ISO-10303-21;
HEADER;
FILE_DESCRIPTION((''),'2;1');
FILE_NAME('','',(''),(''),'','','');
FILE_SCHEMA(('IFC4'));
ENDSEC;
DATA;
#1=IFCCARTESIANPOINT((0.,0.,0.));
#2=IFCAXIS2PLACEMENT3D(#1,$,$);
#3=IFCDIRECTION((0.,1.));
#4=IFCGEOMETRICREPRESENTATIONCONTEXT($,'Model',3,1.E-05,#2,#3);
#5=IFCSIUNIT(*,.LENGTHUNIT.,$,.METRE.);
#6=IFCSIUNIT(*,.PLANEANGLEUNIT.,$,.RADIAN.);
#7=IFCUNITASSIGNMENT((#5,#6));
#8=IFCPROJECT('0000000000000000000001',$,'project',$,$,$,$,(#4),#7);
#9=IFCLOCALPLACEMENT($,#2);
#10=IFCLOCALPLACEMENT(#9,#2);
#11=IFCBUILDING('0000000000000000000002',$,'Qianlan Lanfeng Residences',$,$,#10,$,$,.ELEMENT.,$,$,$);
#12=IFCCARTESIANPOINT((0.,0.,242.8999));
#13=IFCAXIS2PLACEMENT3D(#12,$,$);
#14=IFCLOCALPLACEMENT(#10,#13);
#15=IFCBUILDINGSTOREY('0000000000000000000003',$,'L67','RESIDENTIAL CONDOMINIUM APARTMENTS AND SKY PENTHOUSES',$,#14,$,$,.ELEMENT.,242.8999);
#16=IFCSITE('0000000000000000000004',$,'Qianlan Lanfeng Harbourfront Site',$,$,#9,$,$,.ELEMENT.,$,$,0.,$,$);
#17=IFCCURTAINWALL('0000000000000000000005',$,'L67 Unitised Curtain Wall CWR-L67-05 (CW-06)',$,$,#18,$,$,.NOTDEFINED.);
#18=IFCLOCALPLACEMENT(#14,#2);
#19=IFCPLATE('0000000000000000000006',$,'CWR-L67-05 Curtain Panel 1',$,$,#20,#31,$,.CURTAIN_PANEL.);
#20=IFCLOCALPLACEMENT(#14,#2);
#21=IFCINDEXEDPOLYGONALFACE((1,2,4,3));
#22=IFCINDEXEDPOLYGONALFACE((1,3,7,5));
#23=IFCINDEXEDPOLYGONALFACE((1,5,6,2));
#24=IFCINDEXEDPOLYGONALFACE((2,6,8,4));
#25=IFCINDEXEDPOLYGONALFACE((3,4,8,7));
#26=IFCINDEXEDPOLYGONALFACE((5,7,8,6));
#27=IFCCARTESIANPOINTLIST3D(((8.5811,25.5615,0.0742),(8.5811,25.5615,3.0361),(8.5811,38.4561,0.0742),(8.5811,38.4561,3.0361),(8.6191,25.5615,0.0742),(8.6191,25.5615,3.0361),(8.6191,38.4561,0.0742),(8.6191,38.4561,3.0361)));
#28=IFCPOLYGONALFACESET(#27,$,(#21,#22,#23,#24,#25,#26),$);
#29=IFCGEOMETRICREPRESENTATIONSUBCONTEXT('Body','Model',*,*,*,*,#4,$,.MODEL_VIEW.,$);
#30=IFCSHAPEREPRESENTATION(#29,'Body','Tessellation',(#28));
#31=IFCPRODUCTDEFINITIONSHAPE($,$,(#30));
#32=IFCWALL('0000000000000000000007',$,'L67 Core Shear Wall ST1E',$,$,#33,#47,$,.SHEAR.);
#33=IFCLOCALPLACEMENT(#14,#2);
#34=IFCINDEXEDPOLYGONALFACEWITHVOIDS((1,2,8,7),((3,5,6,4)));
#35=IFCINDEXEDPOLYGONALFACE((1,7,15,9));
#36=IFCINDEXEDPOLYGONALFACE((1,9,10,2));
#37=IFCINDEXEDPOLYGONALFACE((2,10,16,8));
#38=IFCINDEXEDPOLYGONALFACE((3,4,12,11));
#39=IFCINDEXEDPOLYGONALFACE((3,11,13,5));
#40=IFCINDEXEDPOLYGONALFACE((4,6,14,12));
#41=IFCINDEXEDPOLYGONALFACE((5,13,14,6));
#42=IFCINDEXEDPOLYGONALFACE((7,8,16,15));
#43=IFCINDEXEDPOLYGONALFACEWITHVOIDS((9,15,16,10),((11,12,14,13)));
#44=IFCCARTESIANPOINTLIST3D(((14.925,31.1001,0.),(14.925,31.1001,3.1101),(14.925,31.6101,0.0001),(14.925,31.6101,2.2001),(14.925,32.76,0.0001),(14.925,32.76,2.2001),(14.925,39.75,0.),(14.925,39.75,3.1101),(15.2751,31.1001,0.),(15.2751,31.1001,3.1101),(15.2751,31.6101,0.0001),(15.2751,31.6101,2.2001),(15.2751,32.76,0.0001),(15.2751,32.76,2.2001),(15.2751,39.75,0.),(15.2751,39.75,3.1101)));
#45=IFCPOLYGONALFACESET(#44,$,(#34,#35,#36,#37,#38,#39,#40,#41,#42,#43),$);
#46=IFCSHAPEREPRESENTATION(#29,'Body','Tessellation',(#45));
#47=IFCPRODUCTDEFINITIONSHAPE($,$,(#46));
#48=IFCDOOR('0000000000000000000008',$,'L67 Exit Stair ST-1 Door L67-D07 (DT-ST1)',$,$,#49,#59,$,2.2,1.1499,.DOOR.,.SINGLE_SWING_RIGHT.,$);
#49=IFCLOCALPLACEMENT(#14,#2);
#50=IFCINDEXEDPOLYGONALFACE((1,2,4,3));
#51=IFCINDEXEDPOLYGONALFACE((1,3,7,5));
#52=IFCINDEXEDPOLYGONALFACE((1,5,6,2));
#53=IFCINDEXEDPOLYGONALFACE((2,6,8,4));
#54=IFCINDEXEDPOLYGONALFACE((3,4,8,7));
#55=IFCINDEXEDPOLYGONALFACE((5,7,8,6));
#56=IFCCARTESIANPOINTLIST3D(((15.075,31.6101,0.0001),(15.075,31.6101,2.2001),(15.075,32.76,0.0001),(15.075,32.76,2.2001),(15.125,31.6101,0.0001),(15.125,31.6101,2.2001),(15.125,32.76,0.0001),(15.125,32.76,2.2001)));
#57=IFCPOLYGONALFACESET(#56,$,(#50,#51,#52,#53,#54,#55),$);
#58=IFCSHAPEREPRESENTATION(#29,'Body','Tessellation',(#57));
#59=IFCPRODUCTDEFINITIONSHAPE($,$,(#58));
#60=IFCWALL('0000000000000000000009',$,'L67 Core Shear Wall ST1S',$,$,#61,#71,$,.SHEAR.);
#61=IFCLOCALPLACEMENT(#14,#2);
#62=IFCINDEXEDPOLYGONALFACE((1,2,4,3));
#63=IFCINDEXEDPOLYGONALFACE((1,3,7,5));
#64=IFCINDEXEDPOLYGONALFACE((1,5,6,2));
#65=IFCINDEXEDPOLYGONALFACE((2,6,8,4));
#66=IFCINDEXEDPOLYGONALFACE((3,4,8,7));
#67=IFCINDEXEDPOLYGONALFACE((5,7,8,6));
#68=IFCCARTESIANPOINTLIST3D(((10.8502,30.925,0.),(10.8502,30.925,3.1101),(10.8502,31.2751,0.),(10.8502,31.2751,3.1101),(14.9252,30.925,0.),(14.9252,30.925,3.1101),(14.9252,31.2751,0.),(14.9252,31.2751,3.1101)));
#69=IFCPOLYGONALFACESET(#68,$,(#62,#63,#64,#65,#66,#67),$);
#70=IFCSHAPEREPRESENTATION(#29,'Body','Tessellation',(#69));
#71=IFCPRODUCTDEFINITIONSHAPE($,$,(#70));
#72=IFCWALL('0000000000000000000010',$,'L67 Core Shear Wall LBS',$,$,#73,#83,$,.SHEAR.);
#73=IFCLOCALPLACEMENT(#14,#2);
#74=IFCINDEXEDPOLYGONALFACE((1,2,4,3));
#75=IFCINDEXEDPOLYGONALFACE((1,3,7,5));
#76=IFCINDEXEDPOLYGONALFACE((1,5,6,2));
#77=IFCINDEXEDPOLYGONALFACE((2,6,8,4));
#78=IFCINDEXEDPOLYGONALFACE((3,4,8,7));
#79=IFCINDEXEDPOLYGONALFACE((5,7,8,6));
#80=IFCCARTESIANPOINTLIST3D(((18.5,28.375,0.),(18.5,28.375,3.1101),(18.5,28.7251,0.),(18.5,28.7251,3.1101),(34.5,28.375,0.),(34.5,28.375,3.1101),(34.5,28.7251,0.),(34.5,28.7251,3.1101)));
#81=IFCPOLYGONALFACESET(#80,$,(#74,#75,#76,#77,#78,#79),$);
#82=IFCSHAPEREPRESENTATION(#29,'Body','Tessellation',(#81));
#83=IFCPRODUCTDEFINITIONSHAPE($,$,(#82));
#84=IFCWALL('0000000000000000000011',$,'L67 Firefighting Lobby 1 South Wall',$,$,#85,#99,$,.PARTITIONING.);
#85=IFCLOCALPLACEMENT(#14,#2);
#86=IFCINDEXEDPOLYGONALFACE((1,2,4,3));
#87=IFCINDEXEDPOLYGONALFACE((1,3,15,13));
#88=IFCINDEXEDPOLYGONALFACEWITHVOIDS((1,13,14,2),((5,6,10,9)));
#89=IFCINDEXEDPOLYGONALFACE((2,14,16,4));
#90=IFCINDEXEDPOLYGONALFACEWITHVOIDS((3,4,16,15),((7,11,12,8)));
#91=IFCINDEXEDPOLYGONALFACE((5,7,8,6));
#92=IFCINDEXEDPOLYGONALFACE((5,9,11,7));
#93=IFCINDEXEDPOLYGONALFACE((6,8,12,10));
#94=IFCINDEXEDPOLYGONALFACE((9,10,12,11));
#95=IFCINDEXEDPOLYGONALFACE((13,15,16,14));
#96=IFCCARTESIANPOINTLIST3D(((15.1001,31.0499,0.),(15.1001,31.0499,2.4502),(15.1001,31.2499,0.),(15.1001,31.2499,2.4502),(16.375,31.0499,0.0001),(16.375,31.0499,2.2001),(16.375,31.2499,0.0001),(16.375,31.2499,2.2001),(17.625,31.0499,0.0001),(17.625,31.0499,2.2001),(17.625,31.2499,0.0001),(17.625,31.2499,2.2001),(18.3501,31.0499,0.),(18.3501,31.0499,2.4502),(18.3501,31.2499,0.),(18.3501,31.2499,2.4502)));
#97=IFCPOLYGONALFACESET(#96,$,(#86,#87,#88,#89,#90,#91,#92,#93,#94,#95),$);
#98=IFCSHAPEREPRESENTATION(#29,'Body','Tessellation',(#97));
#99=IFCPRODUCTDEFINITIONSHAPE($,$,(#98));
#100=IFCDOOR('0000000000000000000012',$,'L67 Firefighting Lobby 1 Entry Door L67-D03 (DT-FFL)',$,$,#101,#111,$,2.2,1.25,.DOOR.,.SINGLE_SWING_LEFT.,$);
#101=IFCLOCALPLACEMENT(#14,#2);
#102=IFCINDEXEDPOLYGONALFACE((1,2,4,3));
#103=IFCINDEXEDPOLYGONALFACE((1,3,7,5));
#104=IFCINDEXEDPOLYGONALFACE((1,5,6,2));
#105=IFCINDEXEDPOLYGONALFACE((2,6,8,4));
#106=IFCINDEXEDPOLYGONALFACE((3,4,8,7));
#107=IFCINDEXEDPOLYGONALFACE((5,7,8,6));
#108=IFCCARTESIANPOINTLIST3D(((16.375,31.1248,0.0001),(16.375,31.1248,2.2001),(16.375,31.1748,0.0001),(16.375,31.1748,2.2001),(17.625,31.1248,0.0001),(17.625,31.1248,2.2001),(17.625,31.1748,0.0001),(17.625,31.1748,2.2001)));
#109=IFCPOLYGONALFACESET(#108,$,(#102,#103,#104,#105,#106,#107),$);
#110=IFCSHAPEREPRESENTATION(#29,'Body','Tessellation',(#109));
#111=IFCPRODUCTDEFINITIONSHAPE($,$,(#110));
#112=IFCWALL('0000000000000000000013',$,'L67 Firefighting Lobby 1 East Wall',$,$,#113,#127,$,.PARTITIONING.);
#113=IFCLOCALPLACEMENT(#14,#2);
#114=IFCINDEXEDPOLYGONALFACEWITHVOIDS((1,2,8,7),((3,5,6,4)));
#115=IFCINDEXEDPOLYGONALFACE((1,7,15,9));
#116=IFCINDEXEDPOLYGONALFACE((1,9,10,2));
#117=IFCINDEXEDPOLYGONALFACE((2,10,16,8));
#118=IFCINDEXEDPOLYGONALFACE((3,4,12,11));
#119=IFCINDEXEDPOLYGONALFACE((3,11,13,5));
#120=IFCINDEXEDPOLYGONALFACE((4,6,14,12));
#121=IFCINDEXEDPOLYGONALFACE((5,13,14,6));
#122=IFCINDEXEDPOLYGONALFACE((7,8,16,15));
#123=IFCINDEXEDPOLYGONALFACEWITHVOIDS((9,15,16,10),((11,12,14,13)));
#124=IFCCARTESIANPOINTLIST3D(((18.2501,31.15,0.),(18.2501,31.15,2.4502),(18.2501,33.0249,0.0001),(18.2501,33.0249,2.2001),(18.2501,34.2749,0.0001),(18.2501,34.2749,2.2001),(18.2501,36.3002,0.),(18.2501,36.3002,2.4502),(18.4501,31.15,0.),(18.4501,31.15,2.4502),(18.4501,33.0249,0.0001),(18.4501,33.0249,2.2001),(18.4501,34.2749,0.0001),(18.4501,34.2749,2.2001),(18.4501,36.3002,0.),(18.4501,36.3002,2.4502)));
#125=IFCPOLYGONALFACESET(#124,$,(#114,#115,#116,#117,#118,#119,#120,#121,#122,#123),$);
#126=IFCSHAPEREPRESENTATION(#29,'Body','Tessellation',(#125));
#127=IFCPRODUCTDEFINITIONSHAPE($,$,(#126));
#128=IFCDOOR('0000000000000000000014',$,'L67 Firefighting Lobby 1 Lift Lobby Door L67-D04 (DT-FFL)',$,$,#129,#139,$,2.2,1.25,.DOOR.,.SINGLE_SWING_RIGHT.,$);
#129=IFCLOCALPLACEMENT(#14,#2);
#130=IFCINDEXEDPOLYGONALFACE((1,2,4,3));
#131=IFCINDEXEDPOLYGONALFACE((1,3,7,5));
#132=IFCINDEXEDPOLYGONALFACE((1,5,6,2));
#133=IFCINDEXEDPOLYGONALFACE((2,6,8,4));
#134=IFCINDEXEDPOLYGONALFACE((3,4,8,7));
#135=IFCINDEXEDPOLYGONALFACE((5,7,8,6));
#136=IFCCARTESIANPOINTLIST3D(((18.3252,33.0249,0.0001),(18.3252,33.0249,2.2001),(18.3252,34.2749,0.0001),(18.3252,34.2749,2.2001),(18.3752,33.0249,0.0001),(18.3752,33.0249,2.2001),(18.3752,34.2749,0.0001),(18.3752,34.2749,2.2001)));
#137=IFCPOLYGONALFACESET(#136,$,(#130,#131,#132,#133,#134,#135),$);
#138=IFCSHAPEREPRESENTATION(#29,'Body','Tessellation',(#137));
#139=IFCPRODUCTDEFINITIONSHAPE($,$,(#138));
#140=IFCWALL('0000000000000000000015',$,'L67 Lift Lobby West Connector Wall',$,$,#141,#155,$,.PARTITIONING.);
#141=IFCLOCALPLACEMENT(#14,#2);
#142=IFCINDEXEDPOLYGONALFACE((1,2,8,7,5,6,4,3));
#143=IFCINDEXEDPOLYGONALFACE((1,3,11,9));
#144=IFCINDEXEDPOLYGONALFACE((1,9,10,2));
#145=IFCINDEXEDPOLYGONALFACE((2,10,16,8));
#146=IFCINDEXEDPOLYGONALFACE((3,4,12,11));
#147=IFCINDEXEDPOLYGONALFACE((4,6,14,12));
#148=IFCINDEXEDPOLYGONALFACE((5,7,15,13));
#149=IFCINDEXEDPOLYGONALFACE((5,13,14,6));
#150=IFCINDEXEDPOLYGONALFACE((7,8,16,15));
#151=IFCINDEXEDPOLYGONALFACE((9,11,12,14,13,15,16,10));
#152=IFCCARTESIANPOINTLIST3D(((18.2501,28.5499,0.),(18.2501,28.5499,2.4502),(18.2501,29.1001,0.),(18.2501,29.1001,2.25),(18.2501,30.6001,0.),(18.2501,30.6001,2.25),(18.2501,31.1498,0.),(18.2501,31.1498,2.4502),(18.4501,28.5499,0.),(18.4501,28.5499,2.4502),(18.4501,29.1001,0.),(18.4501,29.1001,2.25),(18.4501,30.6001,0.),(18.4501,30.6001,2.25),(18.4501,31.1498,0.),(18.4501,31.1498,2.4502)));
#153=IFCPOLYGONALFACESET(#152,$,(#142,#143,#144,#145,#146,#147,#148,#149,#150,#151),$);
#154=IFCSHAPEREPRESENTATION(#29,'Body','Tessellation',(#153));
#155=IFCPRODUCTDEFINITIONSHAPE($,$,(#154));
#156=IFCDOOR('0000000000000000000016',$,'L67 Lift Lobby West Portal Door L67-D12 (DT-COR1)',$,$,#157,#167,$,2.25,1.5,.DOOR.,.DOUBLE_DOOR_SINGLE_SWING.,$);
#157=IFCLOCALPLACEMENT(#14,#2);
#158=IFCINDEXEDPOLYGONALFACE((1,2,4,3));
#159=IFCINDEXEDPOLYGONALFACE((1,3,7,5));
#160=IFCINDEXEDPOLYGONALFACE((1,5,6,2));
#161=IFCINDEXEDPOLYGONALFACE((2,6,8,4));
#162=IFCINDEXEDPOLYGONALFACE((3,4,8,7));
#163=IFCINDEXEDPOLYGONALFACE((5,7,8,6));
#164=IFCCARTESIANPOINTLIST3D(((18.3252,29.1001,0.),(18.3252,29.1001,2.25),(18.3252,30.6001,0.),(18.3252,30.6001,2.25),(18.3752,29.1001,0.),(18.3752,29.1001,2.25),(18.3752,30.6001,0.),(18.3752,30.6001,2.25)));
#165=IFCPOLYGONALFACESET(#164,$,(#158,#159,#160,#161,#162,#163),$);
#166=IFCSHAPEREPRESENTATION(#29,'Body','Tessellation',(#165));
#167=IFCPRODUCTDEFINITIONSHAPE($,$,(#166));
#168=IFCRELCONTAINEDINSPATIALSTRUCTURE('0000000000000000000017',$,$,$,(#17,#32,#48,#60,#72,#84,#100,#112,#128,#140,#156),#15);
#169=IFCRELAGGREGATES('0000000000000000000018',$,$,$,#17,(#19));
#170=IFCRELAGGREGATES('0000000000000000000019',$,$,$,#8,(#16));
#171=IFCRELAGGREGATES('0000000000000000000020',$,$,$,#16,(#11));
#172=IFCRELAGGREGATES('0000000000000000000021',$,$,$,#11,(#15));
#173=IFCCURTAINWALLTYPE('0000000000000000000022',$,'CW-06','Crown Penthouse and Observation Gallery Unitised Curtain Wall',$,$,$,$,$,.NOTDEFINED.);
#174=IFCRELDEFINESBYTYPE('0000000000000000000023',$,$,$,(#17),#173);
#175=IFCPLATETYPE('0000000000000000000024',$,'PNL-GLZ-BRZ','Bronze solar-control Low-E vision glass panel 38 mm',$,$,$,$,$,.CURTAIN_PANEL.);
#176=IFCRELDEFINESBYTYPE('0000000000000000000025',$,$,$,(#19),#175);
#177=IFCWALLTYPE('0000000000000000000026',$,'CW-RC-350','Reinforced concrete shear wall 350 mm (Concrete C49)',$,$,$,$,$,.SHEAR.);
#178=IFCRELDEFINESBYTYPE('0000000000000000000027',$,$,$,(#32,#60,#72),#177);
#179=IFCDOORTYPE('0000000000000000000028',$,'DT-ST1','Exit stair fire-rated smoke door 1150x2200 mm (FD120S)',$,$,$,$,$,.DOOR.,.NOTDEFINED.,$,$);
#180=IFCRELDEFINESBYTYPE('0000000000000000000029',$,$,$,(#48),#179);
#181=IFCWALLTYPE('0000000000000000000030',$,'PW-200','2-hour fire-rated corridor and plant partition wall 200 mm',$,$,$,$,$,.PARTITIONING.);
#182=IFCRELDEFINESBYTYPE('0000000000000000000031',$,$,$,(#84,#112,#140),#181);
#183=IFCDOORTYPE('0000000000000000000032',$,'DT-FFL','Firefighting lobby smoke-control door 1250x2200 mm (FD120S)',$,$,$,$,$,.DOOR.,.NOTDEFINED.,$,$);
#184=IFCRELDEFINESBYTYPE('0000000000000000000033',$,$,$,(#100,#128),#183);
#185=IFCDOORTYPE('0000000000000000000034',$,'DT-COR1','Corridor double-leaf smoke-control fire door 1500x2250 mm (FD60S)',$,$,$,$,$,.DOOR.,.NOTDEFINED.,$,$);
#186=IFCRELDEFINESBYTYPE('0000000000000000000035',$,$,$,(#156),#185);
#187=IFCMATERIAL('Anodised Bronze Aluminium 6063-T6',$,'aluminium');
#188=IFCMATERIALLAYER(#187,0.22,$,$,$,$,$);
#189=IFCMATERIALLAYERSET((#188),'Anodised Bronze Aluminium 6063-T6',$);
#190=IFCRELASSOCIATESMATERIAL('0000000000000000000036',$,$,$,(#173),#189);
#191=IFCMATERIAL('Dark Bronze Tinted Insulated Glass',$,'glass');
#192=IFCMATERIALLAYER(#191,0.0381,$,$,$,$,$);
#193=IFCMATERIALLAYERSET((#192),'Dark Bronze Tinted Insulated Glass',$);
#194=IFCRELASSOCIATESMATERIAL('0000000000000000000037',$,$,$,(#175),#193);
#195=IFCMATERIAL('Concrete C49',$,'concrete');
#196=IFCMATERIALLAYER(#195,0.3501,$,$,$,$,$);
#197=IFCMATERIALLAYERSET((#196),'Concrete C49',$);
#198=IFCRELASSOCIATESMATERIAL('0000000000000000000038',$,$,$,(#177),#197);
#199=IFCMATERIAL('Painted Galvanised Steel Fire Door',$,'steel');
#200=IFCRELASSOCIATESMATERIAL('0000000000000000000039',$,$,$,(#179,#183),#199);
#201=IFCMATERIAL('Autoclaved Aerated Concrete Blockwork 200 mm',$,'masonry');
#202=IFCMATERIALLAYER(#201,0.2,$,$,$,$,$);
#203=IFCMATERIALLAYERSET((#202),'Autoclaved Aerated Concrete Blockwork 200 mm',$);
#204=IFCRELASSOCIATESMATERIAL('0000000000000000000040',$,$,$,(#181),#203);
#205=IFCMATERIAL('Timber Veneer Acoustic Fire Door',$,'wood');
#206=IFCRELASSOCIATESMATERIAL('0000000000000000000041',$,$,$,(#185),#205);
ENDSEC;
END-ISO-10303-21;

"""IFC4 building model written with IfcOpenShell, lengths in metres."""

from ifc_helpers import new_model, si_unit, direction, frame, frame_2d, origin, origin_2d, place, context, subcontext, project, spatial, rectangle, extrude, source, transform, mapped, material, layer, layer_set, type_object, element, fill, aggregate, save


model = new_model("IFC4")

# Units and contexts
model_context = context("Model", 3, precision=1e-05, world=origin(), true_north=direction((0.0, 1.0)))
body_context = subcontext(model_context, "Body", "Model", "MODEL_VIEW")
ifc_project = project(units=[si_unit("LENGTHUNIT", "METRE"), si_unit("PLANEANGLEUNIT", "RADIAN")], contexts=[model_context])

# Site, building, storey
site_placement = place(None, origin())
site = spatial("IfcSite", under=ifc_project, at=site_placement, Name="Qianlan Lanfeng Harbourfront Site", CompositionType="ELEMENT", RefElevation=0.0)
building_placement = place(site_placement, origin())
building = spatial("IfcBuilding", under=site, at=building_placement, Name="Qianlan Lanfeng Residences", CompositionType="ELEMENT")
storey_placement = place(building_placement, frame((0.0, 0.0, 242.8999)))
storey = spatial("IfcBuildingStorey", under=building, at=storey_placement, Name="L67", Description="RESIDENTIAL CONDOMINIUM APARTMENTS AND SKY PENTHOUSES", CompositionType="ELEMENT", Elevation=242.8999)

# Curtain wall, plate
ifc_material_1 = material(Name="Anodised Bronze Aluminium 6063-T6", Category="aluminium")
ifc_layer_1 = layer(ifc_material_1, 0.22)
ifc_layer_set_1 = layer_set([ifc_layer_1], Name="Anodised Bronze Aluminium 6063-T6")
curtain_wall_type = type_object("IfcCurtainWallType", Name="CW-06", Description="Crown Penthouse and Observation Gallery Unitised Curtain Wall", PredefinedType="NOTDEFINED", material=ifc_layer_set_1)
curtain_wall_placement = place(storey_placement, origin())
curtain_wall = element("IfcCurtainWall", 1, at=curtain_wall_placement, inside=storey, type_object=curtain_wall_type, Name="L67 Unitised Curtain Wall CWR-L67-05 (CW-06)", PredefinedType="NOTDEFINED")
ifc_material_2 = material(Name="Dark Bronze Tinted Insulated Glass", Category="glass")
ifc_layer_2 = layer(ifc_material_2, 0.0381)
ifc_layer_set_2 = layer_set([ifc_layer_2], Name="Dark Bronze Tinted Insulated Glass")
plate_type = type_object("IfcPlateType", Name="PNL-GLZ-BRZ", Description="Bronze solar-control Low-E vision glass panel 38 mm", PredefinedType="CURTAIN_PANEL", material=ifc_layer_set_2)
shared_shape_1 = source(origin(), body_context, "Body", "SweptSolid", [
    extrude(rectangle(XDim=12.8945, YDim=0.0381, at=origin_2d()), origin(), (0.0, 0.0, 1.0), 2.9619),
])
plate_placement = place(storey_placement, frame((8.6001, 32.0088, 0.0742), z_axis=(0.0, 0.0, 1.0), x_axis=(0.0, -1.0, 0.0)))
plate = element("IfcPlate", 2, at=plate_placement, type_object=plate_type, Name="CWR-L67-05 Curtain Panel 1", PredefinedType="CURTAIN_PANEL", context=body_context, shape_type="MappedRepresentation", body=[
    mapped(shared_shape_1, transform((0.0, 0.0, 0.0), scale=1.0)),
])
aggregate(curtain_wall, [plate])

# Wall, opening, door
ifc_material_3 = material(Name="Concrete C49", Category="concrete")
ifc_layer_3 = layer(ifc_material_3, 0.3501)
ifc_layer_set_3 = layer_set([ifc_layer_3], Name="Concrete C49")
wall_type_1 = type_object("IfcWallType", Name="CW-RC-350", Description="Reinforced concrete shear wall 350 mm (Concrete C49)", PredefinedType="SHEAR", material=ifc_layer_set_3)
wall_1_placement = place(storey_placement, frame((15.1001, 31.1001, 0.0), z_axis=(0.0, 0.0, 1.0), x_axis=(0.0, 1.0, 0.0)))
wall_1 = element("IfcWall", 3, at=wall_1_placement, inside=storey, type_object=wall_type_1, Name="L67 Core Shear Wall ST1E", PredefinedType="SHEAR", context=body_context, shape_type="SweptSolid", body=[
    extrude(rectangle(XDim=8.6499, YDim=0.3501, at=frame_2d((4.325, 0.0))), origin(), (0.0, 0.0, 1.0), 3.1101),
])
opening_1_placement = place(wall_1_placement, frame((0.51, 0.0, 0.0)))
opening_1 = element("IfcOpeningElement", 4, at=opening_1_placement, cuts=wall_1, PredefinedType="OPENING", context=body_context, shape_type="SweptSolid", body=[
    extrude(rectangle(XDim=1.1499, YDim=2.2, at=frame_2d((0.575, 1.1001))), frame((0.0, 0.1851, 0.0), z_axis=(0.0, -1.0, 0.0), x_axis=(1.0, 0.0, 0.0)), (0.0, 0.0, 1.0), 0.3701),
])
ifc_material_4 = material(Name="Painted Galvanised Steel Fire Door", Category="steel")
door_type_1 = type_object("IfcDoorType", Name="DT-ST1", Description="Exit stair fire-rated smoke door 1150x2200 mm (FD120S)", OperationType="NOTDEFINED", PredefinedType="DOOR", material=ifc_material_4)
door_1_placement = place(opening_1_placement, frame((1.1499, 0.0, 0.0), z_axis=(0.0, 0.0, 1.0), x_axis=(-1.0, 0.0, 0.0)))
door_1 = element("IfcDoor", 5, at=door_1_placement, inside=storey, type_object=door_type_1, Name="L67 Exit Stair ST-1 Door L67-D07 (DT-ST1)", OperationType="SINGLE_SWING_RIGHT", OverallHeight=2.2, OverallWidth=1.1499, PredefinedType="DOOR", context=body_context, shape_type="SweptSolid", body=[
    extrude(rectangle(XDim=1.1499, YDim=2.2, at=frame_2d((0.575, 1.1001))), frame((0.0, 0.0249, 0.0), z_axis=(0.0, -1.0, 0.0), x_axis=(1.0, 0.0, 0.0)), (0.0, 0.0, 1.0), 0.05),
])
fill(opening_1, door_1)

# Walls
wall_2_placement = place(storey_placement, frame((10.8501, 31.1001, 0.0), z_axis=(0.0, 0.0, 1.0), x_axis=(1.0, 0.0, 0.0)))
element("IfcWall", 6, at=wall_2_placement, inside=storey, type_object=wall_type_1, Name="L67 Core Shear Wall ST1S", PredefinedType="SHEAR", context=body_context, shape_type="SweptSolid", body=[
    extrude(rectangle(XDim=4.075, YDim=0.3501, at=frame_2d((2.0376, 0.0))), origin(), (0.0, 0.0, 1.0), 3.1101),
])
wall_3_placement = place(storey_placement, frame((18.5, 28.55, 0.0), z_axis=(0.0, 0.0, 1.0), x_axis=(1.0, 0.0, 0.0)))
element("IfcWall", 7, at=wall_3_placement, inside=storey, type_object=wall_type_1, Name="L67 Core Shear Wall LBS", PredefinedType="SHEAR", context=body_context, shape_type="SweptSolid", body=[
    extrude(rectangle(XDim=16.0, YDim=0.3501, at=frame_2d((8.0, 0.0))), origin(), (0.0, 0.0, 1.0), 3.1101),
])

# Walls, openings, doors
ifc_material_5 = material(Name="Autoclaved Aerated Concrete Blockwork 200 mm", Category="masonry")
ifc_layer_4 = layer(ifc_material_5, 0.2)
ifc_layer_set_4 = layer_set([ifc_layer_4], Name="Autoclaved Aerated Concrete Blockwork 200 mm")
wall_type_2 = type_object("IfcWallType", Name="PW-200", Description="2-hour fire-rated corridor and plant partition wall 200 mm", PredefinedType="PARTITIONING", material=ifc_layer_set_4)
wall_4_placement = place(storey_placement, frame((15.1001, 31.1499, 0.0), z_axis=(0.0, 0.0, 1.0), x_axis=(1.0, 0.0, 0.0)))
wall_4 = element("IfcWall", 8, at=wall_4_placement, inside=storey, type_object=wall_type_2, Name="L67 Firefighting Lobby 1 South Wall", PredefinedType="PARTITIONING", context=body_context, shape_type="SweptSolid", body=[
    extrude(rectangle(XDim=3.25, YDim=0.2, at=frame_2d((1.625, 0.0))), origin(), (0.0, 0.0, 1.0), 2.4502),
])
opening_2_placement = place(wall_4_placement, frame((1.2749, 0.0, 0.0)))
opening_2 = element("IfcOpeningElement", 9, at=opening_2_placement, cuts=wall_4, PredefinedType="OPENING", context=body_context, shape_type="SweptSolid", body=[
    extrude(rectangle(XDim=1.25, YDim=2.2, at=frame_2d((0.625, 1.1001))), frame((0.0, 0.1099, 0.0), z_axis=(0.0, -1.0, 0.0), x_axis=(1.0, 0.0, 0.0)), (0.0, 0.0, 1.0), 0.22),
])
door_type_2 = type_object("IfcDoorType", Name="DT-FFL", Description="Firefighting lobby smoke-control door 1250x2200 mm (FD120S)", OperationType="NOTDEFINED", PredefinedType="DOOR", material=ifc_material_4)
door_2_placement = place(opening_2_placement, origin())
door_2 = element("IfcDoor", 10, at=door_2_placement, inside=storey, type_object=door_type_2, Name="L67 Firefighting Lobby 1 Entry Door L67-D03 (DT-FFL)", OperationType="SINGLE_SWING_LEFT", OverallHeight=2.2, OverallWidth=1.25, PredefinedType="DOOR", context=body_context, shape_type="SweptSolid", body=[
    extrude(rectangle(XDim=1.25, YDim=2.2, at=frame_2d((0.625, 1.1001))), frame((0.0, 0.0249, 0.0), z_axis=(0.0, -1.0, 0.0), x_axis=(1.0, 0.0, 0.0)), (0.0, 0.0, 1.0), 0.05),
])
fill(opening_2, door_2)
wall_5_placement = place(storey_placement, frame((18.3501, 31.1499, 0.0), z_axis=(0.0, 0.0, 1.0), x_axis=(0.0, 1.0, 0.0)))
wall_5 = element("IfcWall", 11, at=wall_5_placement, inside=storey, type_object=wall_type_2, Name="L67 Firefighting Lobby 1 East Wall", PredefinedType="PARTITIONING", context=body_context, shape_type="SweptSolid", body=[
    extrude(rectangle(XDim=5.1501, YDim=0.2, at=frame_2d((2.5752, 0.0))), origin(), (0.0, 0.0, 1.0), 2.4502),
])
opening_3_placement = place(wall_5_placement, frame((1.875, 0.0, 0.0)))
opening_3 = element("IfcOpeningElement", 12, at=opening_3_placement, cuts=wall_5, PredefinedType="OPENING", context=body_context, shape_type="SweptSolid", body=[
    extrude(rectangle(XDim=1.25, YDim=2.2, at=frame_2d((0.625, 1.1001))), frame((0.0, 0.1099, 0.0), z_axis=(0.0, -1.0, 0.0), x_axis=(1.0, 0.0, 0.0)), (0.0, 0.0, 1.0), 0.22),
])
door_3_placement = place(opening_3_placement, origin())
door_3 = element("IfcDoor", 13, at=door_3_placement, inside=storey, type_object=door_type_2, Name="L67 Firefighting Lobby 1 Lift Lobby Door L67-D04 (DT-FFL)", OperationType="SINGLE_SWING_RIGHT", OverallHeight=2.2, OverallWidth=1.25, PredefinedType="DOOR", context=body_context, shape_type="SweptSolid", body=[
    extrude(rectangle(XDim=1.25, YDim=2.2, at=frame_2d((0.625, 1.1001))), frame((0.0, 0.0249, 0.0), z_axis=(0.0, -1.0, 0.0), x_axis=(1.0, 0.0, 0.0)), (0.0, 0.0, 1.0), 0.05),
])
fill(opening_3, door_3)
wall_6_placement = place(storey_placement, frame((18.3501, 28.55, 0.0), z_axis=(0.0, 0.0, 1.0), x_axis=(0.0, 1.0, 0.0)))
wall_6 = element("IfcWall", 14, at=wall_6_placement, inside=storey, type_object=wall_type_2, Name="L67 Lift Lobby West Connector Wall", PredefinedType="PARTITIONING", context=body_context, shape_type="SweptSolid", body=[
    extrude(rectangle(XDim=2.5999, YDim=0.2, at=frame_2d((1.2998, 0.0))), origin(), (0.0, 0.0, 1.0), 2.4502),
])
opening_4_placement = place(wall_6_placement, frame((0.55, 0.0, 0.0)))
opening_4 = element("IfcOpeningElement", 15, at=opening_4_placement, cuts=wall_6, PredefinedType="OPENING", context=body_context, shape_type="SweptSolid", body=[
    extrude(rectangle(XDim=1.5, YDim=2.25, at=frame_2d((0.75, 1.125))), frame((0.0, 0.1099, 0.0), z_axis=(0.0, -1.0, 0.0), x_axis=(1.0, 0.0, 0.0)), (0.0, 0.0, 1.0), 0.22),
])
ifc_material_6 = material(Name="Timber Veneer Acoustic Fire Door", Category="wood")
door_type_3 = type_object("IfcDoorType", Name="DT-COR1", Description="Corridor double-leaf smoke-control fire door 1500x2250 mm (FD60S)", OperationType="NOTDEFINED", PredefinedType="DOOR", material=ifc_material_6)
door_4_placement = place(opening_4_placement, origin())
door_4 = element("IfcDoor", 16, at=door_4_placement, inside=storey, type_object=door_type_3, Name="L67 Lift Lobby West Portal Door L67-D12 (DT-COR1)", OperationType="DOUBLE_DOOR_SINGLE_SWING", OverallHeight=2.25, OverallWidth=1.5, PredefinedType="DOOR", context=body_context, shape_type="SweptSolid", body=[
    extrude(rectangle(XDim=1.5, YDim=2.25, at=frame_2d((0.75, 1.125))), frame((0.0, 0.0249, 0.0), z_axis=(0.0, -1.0, 0.0), x_axis=(1.0, 0.0, 0.0)), (0.0, 0.0, 1.0), 0.05),
])
fill(opening_4, door_4)

save(model, "model.ifc")
